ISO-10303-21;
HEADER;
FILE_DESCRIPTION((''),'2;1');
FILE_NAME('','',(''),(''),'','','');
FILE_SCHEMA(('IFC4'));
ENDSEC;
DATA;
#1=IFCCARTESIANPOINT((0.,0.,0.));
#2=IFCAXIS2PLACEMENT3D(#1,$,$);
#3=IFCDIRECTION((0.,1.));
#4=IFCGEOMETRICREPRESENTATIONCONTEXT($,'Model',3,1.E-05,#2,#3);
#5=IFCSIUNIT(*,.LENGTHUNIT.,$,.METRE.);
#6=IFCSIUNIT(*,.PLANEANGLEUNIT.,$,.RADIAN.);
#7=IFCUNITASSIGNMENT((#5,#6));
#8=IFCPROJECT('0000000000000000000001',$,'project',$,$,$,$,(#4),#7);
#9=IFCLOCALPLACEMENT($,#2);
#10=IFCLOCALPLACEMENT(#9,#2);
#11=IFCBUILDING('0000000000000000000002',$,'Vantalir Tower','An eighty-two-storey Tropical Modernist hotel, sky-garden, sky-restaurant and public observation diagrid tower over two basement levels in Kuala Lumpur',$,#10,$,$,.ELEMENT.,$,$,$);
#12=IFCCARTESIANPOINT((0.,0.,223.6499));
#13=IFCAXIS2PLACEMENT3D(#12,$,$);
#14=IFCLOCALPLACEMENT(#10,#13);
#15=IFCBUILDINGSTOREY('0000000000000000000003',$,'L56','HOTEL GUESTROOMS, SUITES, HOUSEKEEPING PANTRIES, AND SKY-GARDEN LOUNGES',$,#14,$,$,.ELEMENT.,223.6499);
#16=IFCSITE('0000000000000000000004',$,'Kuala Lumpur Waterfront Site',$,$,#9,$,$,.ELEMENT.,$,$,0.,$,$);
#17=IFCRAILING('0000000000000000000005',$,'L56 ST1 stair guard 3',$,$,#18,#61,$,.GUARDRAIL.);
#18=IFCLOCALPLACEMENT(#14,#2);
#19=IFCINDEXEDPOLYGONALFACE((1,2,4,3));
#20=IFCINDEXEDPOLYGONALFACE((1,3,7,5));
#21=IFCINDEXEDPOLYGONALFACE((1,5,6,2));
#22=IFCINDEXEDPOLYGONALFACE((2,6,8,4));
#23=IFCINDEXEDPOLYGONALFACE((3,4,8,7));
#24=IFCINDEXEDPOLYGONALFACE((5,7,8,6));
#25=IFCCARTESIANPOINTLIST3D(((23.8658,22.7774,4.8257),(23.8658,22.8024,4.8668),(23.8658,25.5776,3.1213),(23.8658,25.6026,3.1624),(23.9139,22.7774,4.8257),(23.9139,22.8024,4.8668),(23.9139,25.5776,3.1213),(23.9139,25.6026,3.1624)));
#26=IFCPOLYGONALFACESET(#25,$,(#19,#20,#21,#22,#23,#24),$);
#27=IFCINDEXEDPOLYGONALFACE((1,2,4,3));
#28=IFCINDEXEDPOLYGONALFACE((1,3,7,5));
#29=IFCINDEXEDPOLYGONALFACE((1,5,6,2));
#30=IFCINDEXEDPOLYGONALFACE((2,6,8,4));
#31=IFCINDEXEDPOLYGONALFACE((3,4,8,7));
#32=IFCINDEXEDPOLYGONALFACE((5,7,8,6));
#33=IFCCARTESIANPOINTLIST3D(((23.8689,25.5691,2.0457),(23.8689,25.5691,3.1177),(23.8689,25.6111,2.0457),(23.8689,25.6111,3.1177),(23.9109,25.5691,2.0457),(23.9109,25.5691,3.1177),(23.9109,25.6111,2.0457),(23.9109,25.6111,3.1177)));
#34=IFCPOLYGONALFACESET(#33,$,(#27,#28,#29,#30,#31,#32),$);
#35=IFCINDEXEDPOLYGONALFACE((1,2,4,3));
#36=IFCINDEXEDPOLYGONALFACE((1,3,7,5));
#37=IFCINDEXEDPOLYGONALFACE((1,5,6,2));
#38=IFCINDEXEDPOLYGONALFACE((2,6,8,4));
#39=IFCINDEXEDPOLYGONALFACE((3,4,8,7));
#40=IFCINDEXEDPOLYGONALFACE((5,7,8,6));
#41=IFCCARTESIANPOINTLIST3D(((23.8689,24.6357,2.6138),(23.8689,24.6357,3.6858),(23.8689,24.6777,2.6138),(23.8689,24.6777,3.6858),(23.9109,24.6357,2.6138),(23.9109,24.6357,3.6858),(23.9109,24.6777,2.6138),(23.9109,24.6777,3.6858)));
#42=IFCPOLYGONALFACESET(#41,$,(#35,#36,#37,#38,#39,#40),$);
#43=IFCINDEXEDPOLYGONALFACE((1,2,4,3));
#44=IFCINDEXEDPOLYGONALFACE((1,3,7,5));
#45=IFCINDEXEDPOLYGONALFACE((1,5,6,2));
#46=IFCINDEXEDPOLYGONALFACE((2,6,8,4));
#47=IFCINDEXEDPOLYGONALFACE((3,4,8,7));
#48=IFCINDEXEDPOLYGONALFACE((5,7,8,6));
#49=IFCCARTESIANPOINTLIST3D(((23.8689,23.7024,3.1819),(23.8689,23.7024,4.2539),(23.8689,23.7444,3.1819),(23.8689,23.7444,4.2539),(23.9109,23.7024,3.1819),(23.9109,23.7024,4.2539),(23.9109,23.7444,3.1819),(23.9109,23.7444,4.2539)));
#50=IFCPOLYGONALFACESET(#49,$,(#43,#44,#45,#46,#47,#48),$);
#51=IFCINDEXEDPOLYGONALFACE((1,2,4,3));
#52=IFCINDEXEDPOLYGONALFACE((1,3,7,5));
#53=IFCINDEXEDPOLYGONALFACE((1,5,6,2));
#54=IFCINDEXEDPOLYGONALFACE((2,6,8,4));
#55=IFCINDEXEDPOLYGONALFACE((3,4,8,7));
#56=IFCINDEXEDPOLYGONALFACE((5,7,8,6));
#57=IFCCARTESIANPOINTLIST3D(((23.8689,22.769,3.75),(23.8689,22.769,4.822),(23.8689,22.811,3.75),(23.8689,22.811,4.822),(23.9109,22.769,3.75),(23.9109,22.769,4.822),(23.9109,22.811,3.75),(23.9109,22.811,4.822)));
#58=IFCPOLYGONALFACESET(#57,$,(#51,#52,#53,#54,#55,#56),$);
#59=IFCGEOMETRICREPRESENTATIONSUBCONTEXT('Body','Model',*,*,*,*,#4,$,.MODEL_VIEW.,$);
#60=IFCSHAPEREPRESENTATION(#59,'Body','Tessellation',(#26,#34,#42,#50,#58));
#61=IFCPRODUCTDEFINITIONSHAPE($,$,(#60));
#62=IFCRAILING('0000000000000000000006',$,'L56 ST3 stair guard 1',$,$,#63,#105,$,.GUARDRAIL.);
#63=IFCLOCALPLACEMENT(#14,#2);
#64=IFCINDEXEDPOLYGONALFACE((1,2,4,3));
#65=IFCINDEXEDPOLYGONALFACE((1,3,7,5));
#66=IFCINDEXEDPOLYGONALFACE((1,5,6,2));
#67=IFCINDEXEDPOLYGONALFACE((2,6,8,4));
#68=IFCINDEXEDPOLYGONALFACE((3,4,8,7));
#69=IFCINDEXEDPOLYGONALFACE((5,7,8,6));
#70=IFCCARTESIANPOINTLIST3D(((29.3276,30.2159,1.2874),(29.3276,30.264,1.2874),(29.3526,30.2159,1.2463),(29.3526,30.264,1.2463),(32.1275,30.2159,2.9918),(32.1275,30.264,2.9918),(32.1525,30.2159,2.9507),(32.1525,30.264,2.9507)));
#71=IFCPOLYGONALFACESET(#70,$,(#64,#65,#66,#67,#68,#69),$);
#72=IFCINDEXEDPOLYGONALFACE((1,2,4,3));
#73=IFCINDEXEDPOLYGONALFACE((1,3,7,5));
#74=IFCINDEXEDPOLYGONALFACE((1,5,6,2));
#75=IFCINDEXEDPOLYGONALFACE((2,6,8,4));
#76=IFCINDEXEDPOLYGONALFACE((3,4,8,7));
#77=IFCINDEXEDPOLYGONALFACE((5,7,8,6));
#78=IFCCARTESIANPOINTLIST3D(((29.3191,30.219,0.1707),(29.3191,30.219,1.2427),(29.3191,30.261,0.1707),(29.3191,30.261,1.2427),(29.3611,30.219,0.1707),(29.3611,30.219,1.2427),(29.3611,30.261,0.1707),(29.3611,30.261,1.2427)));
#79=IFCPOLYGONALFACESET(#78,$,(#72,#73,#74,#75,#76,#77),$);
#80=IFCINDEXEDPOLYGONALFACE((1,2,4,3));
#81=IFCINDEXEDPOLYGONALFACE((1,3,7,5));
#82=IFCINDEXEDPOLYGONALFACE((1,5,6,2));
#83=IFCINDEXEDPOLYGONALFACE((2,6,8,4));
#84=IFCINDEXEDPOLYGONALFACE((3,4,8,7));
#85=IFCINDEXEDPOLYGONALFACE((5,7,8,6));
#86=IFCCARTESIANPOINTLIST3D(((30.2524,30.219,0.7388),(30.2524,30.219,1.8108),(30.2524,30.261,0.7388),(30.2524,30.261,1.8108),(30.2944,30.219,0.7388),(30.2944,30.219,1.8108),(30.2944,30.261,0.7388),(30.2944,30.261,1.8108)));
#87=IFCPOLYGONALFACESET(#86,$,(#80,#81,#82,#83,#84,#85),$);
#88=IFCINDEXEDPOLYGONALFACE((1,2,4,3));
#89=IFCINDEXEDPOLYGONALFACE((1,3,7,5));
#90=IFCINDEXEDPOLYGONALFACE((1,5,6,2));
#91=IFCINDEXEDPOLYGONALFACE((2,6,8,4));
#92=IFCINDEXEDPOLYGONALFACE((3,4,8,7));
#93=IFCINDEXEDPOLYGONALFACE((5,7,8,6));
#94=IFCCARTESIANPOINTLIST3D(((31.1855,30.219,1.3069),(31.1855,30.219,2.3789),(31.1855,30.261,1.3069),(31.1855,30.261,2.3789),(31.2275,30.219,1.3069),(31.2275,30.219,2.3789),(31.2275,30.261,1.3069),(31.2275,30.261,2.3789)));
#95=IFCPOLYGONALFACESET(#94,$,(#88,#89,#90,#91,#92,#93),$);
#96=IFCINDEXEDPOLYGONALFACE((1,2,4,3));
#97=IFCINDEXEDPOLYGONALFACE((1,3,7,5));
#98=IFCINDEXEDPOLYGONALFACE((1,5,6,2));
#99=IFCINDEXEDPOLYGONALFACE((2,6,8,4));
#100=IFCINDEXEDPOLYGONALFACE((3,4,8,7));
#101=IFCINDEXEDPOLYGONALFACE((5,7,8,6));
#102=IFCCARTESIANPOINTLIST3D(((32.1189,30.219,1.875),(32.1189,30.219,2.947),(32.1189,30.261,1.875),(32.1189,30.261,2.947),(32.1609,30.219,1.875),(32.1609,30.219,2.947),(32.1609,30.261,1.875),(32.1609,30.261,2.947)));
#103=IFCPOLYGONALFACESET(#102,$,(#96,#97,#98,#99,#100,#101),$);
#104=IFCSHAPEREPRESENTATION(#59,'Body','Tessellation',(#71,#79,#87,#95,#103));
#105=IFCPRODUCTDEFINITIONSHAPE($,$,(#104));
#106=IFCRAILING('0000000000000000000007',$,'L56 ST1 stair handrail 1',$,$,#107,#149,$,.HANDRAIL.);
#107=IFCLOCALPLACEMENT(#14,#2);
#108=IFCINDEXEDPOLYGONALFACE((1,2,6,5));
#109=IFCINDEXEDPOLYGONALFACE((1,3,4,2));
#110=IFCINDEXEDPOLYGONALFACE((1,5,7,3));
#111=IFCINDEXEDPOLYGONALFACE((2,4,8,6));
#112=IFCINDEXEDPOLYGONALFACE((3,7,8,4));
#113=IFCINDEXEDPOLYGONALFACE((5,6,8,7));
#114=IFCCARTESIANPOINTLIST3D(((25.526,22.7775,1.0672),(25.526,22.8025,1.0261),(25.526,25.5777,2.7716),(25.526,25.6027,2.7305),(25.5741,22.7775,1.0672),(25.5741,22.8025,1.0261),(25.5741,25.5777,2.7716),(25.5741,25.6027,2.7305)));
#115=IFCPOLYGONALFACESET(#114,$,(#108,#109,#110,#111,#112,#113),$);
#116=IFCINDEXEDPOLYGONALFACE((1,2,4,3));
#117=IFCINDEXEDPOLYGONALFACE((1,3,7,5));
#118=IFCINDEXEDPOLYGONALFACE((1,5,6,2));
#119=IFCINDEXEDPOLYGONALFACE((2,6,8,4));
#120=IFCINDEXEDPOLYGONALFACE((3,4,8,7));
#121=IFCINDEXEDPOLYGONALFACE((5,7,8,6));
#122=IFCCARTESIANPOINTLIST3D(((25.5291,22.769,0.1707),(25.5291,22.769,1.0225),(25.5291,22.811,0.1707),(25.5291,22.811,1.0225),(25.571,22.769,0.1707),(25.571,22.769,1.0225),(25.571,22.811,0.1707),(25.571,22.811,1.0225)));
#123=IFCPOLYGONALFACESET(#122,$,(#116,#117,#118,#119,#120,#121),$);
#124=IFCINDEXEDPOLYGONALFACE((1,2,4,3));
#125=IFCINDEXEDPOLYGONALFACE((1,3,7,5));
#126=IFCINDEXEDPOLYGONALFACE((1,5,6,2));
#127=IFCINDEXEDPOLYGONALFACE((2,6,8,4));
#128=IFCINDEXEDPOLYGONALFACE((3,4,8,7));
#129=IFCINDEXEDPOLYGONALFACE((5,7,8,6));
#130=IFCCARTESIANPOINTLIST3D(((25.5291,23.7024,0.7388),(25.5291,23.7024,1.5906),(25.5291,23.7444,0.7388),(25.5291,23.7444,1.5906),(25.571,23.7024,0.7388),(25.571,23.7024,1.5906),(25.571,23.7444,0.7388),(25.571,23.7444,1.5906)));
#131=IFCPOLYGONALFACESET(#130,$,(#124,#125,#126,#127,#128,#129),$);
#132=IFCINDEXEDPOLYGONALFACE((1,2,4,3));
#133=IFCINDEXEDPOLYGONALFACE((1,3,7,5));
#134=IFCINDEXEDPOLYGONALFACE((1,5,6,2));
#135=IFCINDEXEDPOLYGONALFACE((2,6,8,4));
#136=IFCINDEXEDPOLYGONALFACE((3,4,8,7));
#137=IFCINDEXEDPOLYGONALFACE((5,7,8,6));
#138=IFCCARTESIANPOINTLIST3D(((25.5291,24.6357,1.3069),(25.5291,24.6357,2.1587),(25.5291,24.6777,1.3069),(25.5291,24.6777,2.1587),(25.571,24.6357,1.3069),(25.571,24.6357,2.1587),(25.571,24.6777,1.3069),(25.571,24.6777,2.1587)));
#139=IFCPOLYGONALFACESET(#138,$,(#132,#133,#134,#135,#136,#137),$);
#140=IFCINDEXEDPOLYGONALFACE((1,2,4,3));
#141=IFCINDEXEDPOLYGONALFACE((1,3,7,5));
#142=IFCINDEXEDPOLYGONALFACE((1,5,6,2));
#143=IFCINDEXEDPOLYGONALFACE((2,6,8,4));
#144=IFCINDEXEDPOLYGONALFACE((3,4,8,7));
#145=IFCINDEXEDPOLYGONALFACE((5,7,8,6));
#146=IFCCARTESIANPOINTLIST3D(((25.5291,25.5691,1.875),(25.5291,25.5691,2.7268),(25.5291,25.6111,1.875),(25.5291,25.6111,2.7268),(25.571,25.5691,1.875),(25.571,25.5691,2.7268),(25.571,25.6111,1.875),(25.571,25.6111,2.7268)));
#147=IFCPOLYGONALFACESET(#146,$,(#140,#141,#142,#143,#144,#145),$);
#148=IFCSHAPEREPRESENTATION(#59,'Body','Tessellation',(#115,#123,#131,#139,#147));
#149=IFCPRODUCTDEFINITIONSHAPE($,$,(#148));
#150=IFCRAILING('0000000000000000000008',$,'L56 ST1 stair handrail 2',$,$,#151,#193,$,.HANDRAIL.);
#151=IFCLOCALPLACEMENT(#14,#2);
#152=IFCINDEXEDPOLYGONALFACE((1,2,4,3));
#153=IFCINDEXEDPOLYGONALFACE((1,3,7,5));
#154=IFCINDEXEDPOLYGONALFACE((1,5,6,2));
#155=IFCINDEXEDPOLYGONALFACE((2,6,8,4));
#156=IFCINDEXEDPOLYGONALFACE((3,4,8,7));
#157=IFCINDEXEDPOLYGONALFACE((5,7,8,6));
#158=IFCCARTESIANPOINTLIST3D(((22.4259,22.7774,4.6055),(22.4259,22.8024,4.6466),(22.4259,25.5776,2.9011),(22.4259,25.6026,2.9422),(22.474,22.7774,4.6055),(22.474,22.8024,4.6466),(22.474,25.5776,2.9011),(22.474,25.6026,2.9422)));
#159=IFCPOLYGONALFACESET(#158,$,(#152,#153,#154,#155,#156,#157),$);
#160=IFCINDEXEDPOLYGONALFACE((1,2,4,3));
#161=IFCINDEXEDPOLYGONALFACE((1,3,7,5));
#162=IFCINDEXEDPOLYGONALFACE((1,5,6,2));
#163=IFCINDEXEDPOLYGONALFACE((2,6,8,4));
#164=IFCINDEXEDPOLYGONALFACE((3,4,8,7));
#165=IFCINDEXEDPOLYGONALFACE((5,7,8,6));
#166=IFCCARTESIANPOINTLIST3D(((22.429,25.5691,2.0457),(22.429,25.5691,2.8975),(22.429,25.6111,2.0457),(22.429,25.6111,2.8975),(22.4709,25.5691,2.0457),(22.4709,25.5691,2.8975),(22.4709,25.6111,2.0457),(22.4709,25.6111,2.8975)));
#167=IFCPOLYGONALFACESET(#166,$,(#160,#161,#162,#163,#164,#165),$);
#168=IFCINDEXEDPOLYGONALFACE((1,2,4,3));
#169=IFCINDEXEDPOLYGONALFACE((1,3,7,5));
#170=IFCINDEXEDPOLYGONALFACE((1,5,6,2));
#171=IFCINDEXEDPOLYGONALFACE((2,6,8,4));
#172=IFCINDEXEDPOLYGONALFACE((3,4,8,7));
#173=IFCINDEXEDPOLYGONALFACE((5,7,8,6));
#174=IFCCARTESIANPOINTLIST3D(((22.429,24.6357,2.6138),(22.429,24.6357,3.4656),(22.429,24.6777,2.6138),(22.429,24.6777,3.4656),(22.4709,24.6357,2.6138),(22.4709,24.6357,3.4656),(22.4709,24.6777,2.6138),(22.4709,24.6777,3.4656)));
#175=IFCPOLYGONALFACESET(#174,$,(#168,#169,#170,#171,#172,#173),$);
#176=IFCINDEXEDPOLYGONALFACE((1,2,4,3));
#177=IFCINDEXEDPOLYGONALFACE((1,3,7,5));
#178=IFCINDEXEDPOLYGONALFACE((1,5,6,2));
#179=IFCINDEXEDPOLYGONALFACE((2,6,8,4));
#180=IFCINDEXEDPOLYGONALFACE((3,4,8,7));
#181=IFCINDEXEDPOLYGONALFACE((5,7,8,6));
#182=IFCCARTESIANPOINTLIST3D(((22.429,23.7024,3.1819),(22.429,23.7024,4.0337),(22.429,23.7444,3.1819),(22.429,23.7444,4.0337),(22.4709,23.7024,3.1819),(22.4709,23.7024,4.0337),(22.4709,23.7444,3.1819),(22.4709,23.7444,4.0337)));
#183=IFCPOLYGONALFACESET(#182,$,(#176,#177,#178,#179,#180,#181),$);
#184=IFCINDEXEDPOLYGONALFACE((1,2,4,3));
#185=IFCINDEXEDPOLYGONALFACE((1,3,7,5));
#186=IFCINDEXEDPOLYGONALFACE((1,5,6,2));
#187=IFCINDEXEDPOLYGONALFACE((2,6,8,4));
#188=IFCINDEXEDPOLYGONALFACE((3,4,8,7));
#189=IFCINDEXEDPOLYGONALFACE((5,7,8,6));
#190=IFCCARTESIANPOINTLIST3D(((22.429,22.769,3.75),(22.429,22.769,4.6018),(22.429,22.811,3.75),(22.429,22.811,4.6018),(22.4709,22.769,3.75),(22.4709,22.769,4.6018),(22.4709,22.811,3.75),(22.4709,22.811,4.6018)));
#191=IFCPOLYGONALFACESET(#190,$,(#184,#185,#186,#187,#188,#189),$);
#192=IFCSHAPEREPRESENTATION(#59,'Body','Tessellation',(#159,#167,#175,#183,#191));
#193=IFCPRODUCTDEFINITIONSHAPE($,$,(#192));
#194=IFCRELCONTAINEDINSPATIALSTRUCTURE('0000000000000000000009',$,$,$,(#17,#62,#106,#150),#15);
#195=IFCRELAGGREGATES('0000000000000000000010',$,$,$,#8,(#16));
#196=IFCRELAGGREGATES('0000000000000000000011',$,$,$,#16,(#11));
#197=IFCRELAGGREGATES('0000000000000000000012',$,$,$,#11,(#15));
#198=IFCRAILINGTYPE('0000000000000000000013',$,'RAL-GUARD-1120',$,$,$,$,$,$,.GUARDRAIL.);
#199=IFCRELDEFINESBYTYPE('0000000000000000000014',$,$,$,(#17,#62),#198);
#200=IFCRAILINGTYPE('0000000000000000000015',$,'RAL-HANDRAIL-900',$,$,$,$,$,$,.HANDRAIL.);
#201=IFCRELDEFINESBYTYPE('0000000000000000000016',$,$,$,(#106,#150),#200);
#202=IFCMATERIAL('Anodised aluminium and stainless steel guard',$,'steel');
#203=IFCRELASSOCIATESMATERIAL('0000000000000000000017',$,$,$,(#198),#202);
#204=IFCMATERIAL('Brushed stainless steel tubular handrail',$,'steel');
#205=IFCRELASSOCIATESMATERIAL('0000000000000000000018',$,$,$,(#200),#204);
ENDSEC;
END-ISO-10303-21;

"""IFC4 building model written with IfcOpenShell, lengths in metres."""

from ifc_helpers import new_model, si_unit, direction, frame, origin, origin_2d, place, context, subcontext, project, spatial, rectangle, extrude, material, type_object, element, save


model = new_model("IFC4")

# Units and contexts
model_context = context("Model", 3, precision=1e-05, world=origin(), true_north=direction((0.0, 1.0)))
body_context = subcontext(model_context, "Body", "Model", "MODEL_VIEW")
ifc_project = project(units=[si_unit("LENGTHUNIT", "METRE"), si_unit("PLANEANGLEUNIT", "RADIAN")], contexts=[model_context])

# Site, building, storey
site_placement = place(None, origin())
site = spatial("IfcSite", under=ifc_project, at=site_placement, Name="Kuala Lumpur Waterfront Site", CompositionType="ELEMENT", RefElevation=0.0)
building_placement = place(site_placement, origin())
building = spatial("IfcBuilding", under=site, at=building_placement, Name="Vantalir Tower", Description="An eighty-two-storey Tropical Modernist hotel, sky-garden, sky-restaurant and public observation diagrid tower over two basement levels in Kuala Lumpur", CompositionType="ELEMENT")
storey_placement = place(building_placement, frame((0.0, 0.0, 223.6499)))
storey = spatial("IfcBuildingStorey", under=building, at=storey_placement, Name="L56", Description="HOTEL GUESTROOMS, SUITES, HOUSEKEEPING PANTRIES, AND SKY-GARDEN LOUNGES", CompositionType="ELEMENT", Elevation=223.6499)

# Railings
ifc_material_1 = material(Name="Anodised aluminium and stainless steel guard", Category="steel")
railing_type_1 = type_object("IfcRailingType", Name="RAL-GUARD-1120", PredefinedType="GUARDRAIL", material=ifc_material_1)
railing_1_placement = place(storey_placement, frame((23.8899, 25.5901, 2.0457)))
element("IfcRailing", 1, at=railing_1_placement, inside=storey, type_object=railing_type_1, Name="L56 ST1 stair guard 3", PredefinedType="GUARDRAIL", context=body_context, shape_type="SweptSolid", body=[
    extrude(rectangle(XDim=0.0481, YDim=0.0481, at=origin_2d()), frame((0.0, 0.0, 1.0962), z_axis=(0.0, -0.854203, 0.51994), x_axis=(1.0, 0.0, 0.0)), (0.0, 0.0, 1.0), 3.2781),
    extrude(rectangle(XDim=0.042, YDim=0.042, at=origin_2d()), origin(), (0.0, 0.0, 1.0), 1.072),
    extrude(rectangle(XDim=0.042, YDim=0.042, at=origin_2d()), frame((0.0, -0.9333, 0.5681)), (0.0, 0.0, 1.0), 1.072),
    extrude(rectangle(XDim=0.042, YDim=0.042, at=origin_2d()), frame((0.0, -1.8667, 1.1362)), (0.0, 0.0, 1.0), 1.072),
    extrude(rectangle(XDim=0.042, YDim=0.042, at=origin_2d()), frame((0.0, -2.8, 1.7043)), (0.0, 0.0, 1.0), 1.072),
])
railing_2_placement = place(storey_placement, frame((29.3401, 30.24, 0.1707)))
element("IfcRailing", 2, at=railing_2_placement, inside=storey, type_object=railing_type_1, Name="L56 ST3 stair guard 1", PredefinedType="GUARDRAIL", context=body_context, shape_type="SweptSolid", body=[
    extrude(rectangle(XDim=0.0481, YDim=0.0481, at=origin_2d()), frame((0.0, 0.0, 1.0962), z_axis=(0.854183, 0.0, 0.519973), x_axis=(0.0, 1.0, 0.0)), (0.0, 0.0, 1.0), 3.2778),
    extrude(rectangle(XDim=0.042, YDim=0.042, at=origin_2d()), origin(), (0.0, 0.0, 1.0), 1.072),
    extrude(rectangle(XDim=0.042, YDim=0.042, at=origin_2d()), frame((0.9333, 0.0, 0.5681)), (0.0, 0.0, 1.0), 1.072),
    extrude(rectangle(XDim=0.042, YDim=0.042, at=origin_2d()), frame((1.8665, 0.0, 1.1362)), (0.0, 0.0, 1.0), 1.072),
    extrude(rectangle(XDim=0.042, YDim=0.042, at=origin_2d()), frame((2.7998, 0.0, 1.7043)), (0.0, 0.0, 1.0), 1.072),
])
ifc_material_2 = material(Name="Brushed stainless steel tubular handrail", Category="steel")
railing_type_2 = type_object("IfcRailingType", Name="RAL-HANDRAIL-900", PredefinedType="HANDRAIL", material=ifc_material_2)
railing_3_placement = place(storey_placement, frame((25.55, 22.79, 0.1707)))
element("IfcRailing", 3, at=railing_3_placement, inside=storey, type_object=railing_type_2, Name="L56 ST1 stair handrail 1", PredefinedType="HANDRAIL", context=body_context, shape_type="SweptSolid", body=[
    extrude(rectangle(XDim=0.0481, YDim=0.0481, at=origin_2d()), frame((0.0, 0.0, 0.876), z_axis=(0.0, 0.854203, 0.51994), x_axis=(-1.0, 0.0, 0.0)), (0.0, 0.0, 1.0), 3.2781),
    extrude(rectangle(XDim=0.042, YDim=0.042, at=origin_2d()), origin(), (0.0, 0.0, 1.0), 0.8518),
    extrude(rectangle(XDim=0.042, YDim=0.042, at=origin_2d()), frame((0.0, 0.9333, 0.5681)), (0.0, 0.0, 1.0), 0.8518),
    extrude(rectangle(XDim=0.042, YDim=0.042, at=origin_2d()), frame((0.0, 1.8667, 1.1362)), (0.0, 0.0, 1.0), 0.8518),
    extrude(rectangle(XDim=0.042, YDim=0.042, at=origin_2d()), frame((0.0, 2.8, 1.7043)), (0.0, 0.0, 1.0), 0.8518),
])
railing_4_placement = place(storey_placement, frame((22.45, 25.5901, 2.0457)))
element("IfcRailing", 4, at=railing_4_placement, inside=storey, type_object=railing_type_2, Name="L56 ST1 stair handrail 2", PredefinedType="HANDRAIL", context=body_context, shape_type="SweptSolid", body=[
    extrude(rectangle(XDim=0.0481, YDim=0.0481, at=origin_2d()), frame((0.0, 0.0, 0.876), z_axis=(0.0, -0.854203, 0.51994), x_axis=(1.0, 0.0, 0.0)), (0.0, 0.0, 1.0), 3.2781),
    extrude(rectangle(XDim=0.042, YDim=0.042, at=origin_2d()), origin(), (0.0, 0.0, 1.0), 0.8518),
    extrude(rectangle(XDim=0.042, YDim=0.042, at=origin_2d()), frame((0.0, -0.9333, 0.5681)), (0.0, 0.0, 1.0), 0.8518),
    extrude(rectangle(XDim=0.042, YDim=0.042, at=origin_2d()), frame((0.0, -1.8667, 1.1362)), (0.0, 0.0, 1.0), 0.8518),
    extrude(rectangle(XDim=0.042, YDim=0.042, at=origin_2d()), frame((0.0, -2.8, 1.7043)), (0.0, 0.0, 1.0), 0.8518),
])

save(model, "model.ifc")
